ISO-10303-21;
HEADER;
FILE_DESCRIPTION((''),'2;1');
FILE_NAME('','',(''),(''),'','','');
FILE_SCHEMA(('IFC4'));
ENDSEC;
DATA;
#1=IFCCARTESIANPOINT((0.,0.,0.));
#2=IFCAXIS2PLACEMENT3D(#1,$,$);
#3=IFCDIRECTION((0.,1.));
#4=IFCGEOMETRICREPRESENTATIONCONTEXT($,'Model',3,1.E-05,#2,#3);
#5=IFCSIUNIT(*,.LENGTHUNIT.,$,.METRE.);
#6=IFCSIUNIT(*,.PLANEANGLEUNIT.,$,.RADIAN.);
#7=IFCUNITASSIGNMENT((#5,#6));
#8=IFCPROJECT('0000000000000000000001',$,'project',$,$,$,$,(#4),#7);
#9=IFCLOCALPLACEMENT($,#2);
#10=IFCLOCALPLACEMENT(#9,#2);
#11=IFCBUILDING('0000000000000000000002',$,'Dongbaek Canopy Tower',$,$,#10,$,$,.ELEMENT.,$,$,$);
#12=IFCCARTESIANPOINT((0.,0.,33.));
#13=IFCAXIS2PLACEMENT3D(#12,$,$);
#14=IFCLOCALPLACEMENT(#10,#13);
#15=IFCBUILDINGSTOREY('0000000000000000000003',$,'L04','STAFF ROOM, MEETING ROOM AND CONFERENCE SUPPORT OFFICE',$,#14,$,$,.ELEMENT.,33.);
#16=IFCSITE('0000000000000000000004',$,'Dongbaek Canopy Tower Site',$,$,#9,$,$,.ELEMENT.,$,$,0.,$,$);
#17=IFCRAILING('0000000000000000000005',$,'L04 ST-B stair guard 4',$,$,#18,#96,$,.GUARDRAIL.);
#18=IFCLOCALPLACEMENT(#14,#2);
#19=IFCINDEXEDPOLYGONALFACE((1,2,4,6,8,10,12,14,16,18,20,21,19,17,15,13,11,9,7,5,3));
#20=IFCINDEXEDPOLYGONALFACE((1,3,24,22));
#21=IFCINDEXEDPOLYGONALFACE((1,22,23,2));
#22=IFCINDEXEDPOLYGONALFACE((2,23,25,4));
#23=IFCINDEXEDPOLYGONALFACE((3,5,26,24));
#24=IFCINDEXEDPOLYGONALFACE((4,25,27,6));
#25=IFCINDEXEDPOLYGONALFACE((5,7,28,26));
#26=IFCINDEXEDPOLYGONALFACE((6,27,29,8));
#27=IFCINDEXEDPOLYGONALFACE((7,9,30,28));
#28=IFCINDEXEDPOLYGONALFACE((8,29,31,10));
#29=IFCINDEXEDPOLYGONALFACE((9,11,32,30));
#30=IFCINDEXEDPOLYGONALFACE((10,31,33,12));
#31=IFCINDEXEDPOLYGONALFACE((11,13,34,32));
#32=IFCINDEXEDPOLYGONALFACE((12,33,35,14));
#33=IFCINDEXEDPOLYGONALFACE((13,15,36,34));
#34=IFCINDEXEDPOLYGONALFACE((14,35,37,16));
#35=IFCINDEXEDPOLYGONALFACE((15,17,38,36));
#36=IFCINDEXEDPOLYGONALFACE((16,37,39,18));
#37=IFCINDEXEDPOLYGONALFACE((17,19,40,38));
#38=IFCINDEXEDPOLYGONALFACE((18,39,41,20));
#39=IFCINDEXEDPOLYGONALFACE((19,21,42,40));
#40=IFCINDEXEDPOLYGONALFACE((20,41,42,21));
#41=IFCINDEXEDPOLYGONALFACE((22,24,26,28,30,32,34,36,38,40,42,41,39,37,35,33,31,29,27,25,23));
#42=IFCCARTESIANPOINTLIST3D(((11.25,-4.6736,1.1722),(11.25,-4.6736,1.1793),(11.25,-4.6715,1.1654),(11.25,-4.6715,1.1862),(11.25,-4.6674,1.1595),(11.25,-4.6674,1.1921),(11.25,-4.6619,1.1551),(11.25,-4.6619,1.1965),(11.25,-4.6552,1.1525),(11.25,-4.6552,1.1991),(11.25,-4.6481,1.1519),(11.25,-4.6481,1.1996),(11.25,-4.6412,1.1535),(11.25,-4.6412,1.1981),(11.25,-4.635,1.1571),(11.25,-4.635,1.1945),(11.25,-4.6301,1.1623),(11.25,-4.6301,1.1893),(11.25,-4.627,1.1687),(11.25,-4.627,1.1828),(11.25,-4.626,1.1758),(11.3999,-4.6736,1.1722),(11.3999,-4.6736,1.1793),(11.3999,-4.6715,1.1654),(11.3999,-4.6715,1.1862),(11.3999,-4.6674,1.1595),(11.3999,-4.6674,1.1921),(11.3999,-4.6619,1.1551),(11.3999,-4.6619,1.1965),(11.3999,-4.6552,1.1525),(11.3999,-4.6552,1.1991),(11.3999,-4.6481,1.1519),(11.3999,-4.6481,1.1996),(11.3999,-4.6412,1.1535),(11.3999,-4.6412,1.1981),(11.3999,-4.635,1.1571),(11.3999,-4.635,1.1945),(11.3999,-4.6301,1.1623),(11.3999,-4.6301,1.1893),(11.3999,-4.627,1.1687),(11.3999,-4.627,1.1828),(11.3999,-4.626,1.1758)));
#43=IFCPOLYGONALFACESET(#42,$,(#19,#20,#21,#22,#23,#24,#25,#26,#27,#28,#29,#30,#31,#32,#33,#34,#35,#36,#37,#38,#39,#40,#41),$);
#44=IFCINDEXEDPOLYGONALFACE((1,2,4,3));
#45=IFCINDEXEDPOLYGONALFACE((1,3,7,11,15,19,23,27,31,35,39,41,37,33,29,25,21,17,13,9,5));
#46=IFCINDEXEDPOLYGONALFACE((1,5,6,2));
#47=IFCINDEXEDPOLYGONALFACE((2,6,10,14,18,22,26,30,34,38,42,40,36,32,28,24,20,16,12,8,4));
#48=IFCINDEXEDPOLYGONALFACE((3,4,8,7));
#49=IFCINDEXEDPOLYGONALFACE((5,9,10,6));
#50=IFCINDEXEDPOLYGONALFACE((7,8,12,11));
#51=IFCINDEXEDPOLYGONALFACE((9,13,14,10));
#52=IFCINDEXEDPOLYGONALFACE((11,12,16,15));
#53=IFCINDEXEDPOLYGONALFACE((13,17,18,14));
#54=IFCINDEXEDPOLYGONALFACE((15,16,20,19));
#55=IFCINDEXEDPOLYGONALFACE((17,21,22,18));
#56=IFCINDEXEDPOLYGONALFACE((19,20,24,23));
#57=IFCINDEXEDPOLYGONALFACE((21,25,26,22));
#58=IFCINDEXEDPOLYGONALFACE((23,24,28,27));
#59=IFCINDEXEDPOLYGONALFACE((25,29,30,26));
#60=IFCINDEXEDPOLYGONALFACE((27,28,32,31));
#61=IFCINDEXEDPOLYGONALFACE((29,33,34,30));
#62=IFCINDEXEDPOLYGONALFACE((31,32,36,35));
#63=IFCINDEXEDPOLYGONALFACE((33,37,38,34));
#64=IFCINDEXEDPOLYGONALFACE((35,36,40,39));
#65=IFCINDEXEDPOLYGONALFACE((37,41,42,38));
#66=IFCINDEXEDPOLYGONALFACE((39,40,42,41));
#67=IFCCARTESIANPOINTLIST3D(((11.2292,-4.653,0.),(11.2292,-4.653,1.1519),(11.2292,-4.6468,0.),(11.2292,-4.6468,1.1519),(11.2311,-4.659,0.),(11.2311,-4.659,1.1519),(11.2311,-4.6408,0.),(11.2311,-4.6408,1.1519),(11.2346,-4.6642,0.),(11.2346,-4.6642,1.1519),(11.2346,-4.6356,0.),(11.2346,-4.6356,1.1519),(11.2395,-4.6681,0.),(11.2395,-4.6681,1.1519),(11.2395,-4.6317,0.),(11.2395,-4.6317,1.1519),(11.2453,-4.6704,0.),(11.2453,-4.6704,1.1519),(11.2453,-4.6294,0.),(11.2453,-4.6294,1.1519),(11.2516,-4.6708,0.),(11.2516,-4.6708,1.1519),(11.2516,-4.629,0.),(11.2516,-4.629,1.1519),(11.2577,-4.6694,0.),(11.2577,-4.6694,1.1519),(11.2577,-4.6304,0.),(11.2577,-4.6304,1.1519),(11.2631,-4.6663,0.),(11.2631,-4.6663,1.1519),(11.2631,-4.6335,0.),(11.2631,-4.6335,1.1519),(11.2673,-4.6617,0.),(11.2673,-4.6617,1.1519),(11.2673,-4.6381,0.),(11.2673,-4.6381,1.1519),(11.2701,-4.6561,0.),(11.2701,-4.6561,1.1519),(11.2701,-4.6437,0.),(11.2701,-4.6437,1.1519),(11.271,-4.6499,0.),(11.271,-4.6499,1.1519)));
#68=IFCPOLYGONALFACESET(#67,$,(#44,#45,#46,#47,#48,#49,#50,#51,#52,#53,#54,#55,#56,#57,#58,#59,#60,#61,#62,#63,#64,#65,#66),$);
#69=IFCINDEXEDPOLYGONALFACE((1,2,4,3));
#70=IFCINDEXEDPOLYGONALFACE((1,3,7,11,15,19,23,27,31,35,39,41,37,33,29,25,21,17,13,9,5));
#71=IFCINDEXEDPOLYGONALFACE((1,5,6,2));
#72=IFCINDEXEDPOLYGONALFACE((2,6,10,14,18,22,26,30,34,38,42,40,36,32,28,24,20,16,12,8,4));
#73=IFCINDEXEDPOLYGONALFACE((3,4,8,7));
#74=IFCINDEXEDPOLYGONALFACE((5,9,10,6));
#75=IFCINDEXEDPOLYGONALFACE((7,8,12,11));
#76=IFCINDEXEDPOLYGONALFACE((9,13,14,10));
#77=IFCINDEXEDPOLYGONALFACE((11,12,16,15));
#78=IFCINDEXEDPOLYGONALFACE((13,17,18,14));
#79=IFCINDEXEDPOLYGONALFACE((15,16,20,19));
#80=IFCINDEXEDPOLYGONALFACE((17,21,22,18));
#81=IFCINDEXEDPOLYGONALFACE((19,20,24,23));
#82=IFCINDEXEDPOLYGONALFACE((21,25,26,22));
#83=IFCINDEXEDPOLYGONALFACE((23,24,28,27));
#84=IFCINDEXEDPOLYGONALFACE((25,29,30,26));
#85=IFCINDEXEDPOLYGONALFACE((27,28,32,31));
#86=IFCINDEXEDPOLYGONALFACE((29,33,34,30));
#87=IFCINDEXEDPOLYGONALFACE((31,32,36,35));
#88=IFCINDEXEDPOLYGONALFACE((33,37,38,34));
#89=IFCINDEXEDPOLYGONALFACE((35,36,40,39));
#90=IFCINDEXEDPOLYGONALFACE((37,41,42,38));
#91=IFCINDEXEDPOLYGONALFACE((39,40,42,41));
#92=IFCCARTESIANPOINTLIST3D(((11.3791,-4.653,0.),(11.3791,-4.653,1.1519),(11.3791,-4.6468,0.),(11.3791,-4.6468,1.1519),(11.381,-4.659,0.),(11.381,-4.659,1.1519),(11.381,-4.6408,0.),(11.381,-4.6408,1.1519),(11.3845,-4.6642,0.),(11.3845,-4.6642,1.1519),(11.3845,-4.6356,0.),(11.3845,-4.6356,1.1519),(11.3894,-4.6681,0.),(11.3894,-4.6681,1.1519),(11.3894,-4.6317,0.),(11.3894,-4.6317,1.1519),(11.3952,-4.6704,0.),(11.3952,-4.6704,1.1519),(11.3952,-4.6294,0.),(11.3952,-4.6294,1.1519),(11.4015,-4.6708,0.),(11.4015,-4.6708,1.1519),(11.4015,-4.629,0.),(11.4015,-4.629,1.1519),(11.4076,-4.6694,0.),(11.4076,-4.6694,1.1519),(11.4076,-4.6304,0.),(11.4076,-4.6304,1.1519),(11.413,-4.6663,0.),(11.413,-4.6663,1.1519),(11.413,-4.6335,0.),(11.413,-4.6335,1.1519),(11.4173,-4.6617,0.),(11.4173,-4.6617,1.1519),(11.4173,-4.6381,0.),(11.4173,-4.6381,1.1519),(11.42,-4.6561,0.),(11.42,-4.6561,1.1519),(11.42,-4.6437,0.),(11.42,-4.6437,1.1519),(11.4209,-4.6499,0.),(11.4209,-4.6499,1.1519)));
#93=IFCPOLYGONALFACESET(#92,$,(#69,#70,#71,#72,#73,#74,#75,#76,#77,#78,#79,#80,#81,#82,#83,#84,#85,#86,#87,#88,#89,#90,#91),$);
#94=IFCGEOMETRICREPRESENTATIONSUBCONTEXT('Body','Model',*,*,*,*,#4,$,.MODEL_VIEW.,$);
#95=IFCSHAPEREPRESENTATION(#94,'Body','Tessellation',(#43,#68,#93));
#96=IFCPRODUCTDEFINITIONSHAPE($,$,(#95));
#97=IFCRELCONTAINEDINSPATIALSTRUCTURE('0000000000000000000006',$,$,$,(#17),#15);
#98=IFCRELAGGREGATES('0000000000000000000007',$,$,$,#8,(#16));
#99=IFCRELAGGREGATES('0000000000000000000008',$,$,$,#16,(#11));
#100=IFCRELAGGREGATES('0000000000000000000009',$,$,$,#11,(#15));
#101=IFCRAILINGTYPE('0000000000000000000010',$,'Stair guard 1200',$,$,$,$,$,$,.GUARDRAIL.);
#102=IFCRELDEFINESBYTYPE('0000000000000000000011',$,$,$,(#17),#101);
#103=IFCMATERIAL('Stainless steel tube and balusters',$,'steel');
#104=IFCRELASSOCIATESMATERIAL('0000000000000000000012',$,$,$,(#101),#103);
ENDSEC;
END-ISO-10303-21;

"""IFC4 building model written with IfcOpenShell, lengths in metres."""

from ifc_helpers import new_model, si_unit, direction, frame, origin, origin_2d, place, context, subcontext, project, spatial, circle, extrude, material, type_object, element, save


model = new_model("IFC4")

# Units and contexts
model_context = context("Model", 3, precision=1e-05, world=origin(), true_north=direction((0.0, 1.0)))
body_context = subcontext(model_context, "Body", "Model", "MODEL_VIEW")
ifc_project = project(units=[si_unit("LENGTHUNIT", "METRE"), si_unit("PLANEANGLEUNIT", "RADIAN")], contexts=[model_context])

# Site, building, storey
site_placement = place(None, origin())
site = spatial("IfcSite", under=ifc_project, at=site_placement, Name="Dongbaek Canopy Tower Site", CompositionType="ELEMENT", RefElevation=0.0)
building_placement = place(site_placement, origin())
building = spatial("IfcBuilding", under=site, at=building_placement, Name="Dongbaek Canopy Tower", CompositionType="ELEMENT")
storey_placement = place(building_placement, frame((0.0, 0.0, 33.0)))
storey = spatial("IfcBuildingStorey", under=building, at=storey_placement, Name="L04", Description="STAFF ROOM, MEETING ROOM AND CONFERENCE SUPPORT OFFICE", CompositionType="ELEMENT", Elevation=33.0)

# Railing
ifc_material_1 = material(Name="Stainless steel tube and balusters", Category="steel")
railing_type_1 = type_object("IfcRailingType", Name="Stair guard 1200", PredefinedType="GUARDRAIL", material=ifc_material_1)
railing_1_placement = place(storey_placement, frame((11.25, -4.6499, 0.0)))
element("IfcRailing", 1, at=railing_1_placement, inside=storey, type_object=railing_type_1, Name="L04 ST-B stair guard 4", PredefinedType="GUARDRAIL", context=body_context, shape_type="SweptSolid", body=[
    extrude(circle(Radius=0.0239, at=origin_2d()), frame((0.0, 0.0, 1.1758), z_axis=(1.0, 0.0, 0.0), x_axis=(0.0, 1.0, 0.0)), (0.0, 0.0, 1.0), 0.1499),
    extrude(circle(Radius=0.021, at=origin_2d()), origin(), (0.0, 0.0, 1.0), 1.1519),
    extrude(circle(Radius=0.021, at=origin_2d()), frame((0.1499, 0.0, 0.0)), (0.0, 0.0, 1.0), 1.1519),
])

save(model, "model.ifc")
